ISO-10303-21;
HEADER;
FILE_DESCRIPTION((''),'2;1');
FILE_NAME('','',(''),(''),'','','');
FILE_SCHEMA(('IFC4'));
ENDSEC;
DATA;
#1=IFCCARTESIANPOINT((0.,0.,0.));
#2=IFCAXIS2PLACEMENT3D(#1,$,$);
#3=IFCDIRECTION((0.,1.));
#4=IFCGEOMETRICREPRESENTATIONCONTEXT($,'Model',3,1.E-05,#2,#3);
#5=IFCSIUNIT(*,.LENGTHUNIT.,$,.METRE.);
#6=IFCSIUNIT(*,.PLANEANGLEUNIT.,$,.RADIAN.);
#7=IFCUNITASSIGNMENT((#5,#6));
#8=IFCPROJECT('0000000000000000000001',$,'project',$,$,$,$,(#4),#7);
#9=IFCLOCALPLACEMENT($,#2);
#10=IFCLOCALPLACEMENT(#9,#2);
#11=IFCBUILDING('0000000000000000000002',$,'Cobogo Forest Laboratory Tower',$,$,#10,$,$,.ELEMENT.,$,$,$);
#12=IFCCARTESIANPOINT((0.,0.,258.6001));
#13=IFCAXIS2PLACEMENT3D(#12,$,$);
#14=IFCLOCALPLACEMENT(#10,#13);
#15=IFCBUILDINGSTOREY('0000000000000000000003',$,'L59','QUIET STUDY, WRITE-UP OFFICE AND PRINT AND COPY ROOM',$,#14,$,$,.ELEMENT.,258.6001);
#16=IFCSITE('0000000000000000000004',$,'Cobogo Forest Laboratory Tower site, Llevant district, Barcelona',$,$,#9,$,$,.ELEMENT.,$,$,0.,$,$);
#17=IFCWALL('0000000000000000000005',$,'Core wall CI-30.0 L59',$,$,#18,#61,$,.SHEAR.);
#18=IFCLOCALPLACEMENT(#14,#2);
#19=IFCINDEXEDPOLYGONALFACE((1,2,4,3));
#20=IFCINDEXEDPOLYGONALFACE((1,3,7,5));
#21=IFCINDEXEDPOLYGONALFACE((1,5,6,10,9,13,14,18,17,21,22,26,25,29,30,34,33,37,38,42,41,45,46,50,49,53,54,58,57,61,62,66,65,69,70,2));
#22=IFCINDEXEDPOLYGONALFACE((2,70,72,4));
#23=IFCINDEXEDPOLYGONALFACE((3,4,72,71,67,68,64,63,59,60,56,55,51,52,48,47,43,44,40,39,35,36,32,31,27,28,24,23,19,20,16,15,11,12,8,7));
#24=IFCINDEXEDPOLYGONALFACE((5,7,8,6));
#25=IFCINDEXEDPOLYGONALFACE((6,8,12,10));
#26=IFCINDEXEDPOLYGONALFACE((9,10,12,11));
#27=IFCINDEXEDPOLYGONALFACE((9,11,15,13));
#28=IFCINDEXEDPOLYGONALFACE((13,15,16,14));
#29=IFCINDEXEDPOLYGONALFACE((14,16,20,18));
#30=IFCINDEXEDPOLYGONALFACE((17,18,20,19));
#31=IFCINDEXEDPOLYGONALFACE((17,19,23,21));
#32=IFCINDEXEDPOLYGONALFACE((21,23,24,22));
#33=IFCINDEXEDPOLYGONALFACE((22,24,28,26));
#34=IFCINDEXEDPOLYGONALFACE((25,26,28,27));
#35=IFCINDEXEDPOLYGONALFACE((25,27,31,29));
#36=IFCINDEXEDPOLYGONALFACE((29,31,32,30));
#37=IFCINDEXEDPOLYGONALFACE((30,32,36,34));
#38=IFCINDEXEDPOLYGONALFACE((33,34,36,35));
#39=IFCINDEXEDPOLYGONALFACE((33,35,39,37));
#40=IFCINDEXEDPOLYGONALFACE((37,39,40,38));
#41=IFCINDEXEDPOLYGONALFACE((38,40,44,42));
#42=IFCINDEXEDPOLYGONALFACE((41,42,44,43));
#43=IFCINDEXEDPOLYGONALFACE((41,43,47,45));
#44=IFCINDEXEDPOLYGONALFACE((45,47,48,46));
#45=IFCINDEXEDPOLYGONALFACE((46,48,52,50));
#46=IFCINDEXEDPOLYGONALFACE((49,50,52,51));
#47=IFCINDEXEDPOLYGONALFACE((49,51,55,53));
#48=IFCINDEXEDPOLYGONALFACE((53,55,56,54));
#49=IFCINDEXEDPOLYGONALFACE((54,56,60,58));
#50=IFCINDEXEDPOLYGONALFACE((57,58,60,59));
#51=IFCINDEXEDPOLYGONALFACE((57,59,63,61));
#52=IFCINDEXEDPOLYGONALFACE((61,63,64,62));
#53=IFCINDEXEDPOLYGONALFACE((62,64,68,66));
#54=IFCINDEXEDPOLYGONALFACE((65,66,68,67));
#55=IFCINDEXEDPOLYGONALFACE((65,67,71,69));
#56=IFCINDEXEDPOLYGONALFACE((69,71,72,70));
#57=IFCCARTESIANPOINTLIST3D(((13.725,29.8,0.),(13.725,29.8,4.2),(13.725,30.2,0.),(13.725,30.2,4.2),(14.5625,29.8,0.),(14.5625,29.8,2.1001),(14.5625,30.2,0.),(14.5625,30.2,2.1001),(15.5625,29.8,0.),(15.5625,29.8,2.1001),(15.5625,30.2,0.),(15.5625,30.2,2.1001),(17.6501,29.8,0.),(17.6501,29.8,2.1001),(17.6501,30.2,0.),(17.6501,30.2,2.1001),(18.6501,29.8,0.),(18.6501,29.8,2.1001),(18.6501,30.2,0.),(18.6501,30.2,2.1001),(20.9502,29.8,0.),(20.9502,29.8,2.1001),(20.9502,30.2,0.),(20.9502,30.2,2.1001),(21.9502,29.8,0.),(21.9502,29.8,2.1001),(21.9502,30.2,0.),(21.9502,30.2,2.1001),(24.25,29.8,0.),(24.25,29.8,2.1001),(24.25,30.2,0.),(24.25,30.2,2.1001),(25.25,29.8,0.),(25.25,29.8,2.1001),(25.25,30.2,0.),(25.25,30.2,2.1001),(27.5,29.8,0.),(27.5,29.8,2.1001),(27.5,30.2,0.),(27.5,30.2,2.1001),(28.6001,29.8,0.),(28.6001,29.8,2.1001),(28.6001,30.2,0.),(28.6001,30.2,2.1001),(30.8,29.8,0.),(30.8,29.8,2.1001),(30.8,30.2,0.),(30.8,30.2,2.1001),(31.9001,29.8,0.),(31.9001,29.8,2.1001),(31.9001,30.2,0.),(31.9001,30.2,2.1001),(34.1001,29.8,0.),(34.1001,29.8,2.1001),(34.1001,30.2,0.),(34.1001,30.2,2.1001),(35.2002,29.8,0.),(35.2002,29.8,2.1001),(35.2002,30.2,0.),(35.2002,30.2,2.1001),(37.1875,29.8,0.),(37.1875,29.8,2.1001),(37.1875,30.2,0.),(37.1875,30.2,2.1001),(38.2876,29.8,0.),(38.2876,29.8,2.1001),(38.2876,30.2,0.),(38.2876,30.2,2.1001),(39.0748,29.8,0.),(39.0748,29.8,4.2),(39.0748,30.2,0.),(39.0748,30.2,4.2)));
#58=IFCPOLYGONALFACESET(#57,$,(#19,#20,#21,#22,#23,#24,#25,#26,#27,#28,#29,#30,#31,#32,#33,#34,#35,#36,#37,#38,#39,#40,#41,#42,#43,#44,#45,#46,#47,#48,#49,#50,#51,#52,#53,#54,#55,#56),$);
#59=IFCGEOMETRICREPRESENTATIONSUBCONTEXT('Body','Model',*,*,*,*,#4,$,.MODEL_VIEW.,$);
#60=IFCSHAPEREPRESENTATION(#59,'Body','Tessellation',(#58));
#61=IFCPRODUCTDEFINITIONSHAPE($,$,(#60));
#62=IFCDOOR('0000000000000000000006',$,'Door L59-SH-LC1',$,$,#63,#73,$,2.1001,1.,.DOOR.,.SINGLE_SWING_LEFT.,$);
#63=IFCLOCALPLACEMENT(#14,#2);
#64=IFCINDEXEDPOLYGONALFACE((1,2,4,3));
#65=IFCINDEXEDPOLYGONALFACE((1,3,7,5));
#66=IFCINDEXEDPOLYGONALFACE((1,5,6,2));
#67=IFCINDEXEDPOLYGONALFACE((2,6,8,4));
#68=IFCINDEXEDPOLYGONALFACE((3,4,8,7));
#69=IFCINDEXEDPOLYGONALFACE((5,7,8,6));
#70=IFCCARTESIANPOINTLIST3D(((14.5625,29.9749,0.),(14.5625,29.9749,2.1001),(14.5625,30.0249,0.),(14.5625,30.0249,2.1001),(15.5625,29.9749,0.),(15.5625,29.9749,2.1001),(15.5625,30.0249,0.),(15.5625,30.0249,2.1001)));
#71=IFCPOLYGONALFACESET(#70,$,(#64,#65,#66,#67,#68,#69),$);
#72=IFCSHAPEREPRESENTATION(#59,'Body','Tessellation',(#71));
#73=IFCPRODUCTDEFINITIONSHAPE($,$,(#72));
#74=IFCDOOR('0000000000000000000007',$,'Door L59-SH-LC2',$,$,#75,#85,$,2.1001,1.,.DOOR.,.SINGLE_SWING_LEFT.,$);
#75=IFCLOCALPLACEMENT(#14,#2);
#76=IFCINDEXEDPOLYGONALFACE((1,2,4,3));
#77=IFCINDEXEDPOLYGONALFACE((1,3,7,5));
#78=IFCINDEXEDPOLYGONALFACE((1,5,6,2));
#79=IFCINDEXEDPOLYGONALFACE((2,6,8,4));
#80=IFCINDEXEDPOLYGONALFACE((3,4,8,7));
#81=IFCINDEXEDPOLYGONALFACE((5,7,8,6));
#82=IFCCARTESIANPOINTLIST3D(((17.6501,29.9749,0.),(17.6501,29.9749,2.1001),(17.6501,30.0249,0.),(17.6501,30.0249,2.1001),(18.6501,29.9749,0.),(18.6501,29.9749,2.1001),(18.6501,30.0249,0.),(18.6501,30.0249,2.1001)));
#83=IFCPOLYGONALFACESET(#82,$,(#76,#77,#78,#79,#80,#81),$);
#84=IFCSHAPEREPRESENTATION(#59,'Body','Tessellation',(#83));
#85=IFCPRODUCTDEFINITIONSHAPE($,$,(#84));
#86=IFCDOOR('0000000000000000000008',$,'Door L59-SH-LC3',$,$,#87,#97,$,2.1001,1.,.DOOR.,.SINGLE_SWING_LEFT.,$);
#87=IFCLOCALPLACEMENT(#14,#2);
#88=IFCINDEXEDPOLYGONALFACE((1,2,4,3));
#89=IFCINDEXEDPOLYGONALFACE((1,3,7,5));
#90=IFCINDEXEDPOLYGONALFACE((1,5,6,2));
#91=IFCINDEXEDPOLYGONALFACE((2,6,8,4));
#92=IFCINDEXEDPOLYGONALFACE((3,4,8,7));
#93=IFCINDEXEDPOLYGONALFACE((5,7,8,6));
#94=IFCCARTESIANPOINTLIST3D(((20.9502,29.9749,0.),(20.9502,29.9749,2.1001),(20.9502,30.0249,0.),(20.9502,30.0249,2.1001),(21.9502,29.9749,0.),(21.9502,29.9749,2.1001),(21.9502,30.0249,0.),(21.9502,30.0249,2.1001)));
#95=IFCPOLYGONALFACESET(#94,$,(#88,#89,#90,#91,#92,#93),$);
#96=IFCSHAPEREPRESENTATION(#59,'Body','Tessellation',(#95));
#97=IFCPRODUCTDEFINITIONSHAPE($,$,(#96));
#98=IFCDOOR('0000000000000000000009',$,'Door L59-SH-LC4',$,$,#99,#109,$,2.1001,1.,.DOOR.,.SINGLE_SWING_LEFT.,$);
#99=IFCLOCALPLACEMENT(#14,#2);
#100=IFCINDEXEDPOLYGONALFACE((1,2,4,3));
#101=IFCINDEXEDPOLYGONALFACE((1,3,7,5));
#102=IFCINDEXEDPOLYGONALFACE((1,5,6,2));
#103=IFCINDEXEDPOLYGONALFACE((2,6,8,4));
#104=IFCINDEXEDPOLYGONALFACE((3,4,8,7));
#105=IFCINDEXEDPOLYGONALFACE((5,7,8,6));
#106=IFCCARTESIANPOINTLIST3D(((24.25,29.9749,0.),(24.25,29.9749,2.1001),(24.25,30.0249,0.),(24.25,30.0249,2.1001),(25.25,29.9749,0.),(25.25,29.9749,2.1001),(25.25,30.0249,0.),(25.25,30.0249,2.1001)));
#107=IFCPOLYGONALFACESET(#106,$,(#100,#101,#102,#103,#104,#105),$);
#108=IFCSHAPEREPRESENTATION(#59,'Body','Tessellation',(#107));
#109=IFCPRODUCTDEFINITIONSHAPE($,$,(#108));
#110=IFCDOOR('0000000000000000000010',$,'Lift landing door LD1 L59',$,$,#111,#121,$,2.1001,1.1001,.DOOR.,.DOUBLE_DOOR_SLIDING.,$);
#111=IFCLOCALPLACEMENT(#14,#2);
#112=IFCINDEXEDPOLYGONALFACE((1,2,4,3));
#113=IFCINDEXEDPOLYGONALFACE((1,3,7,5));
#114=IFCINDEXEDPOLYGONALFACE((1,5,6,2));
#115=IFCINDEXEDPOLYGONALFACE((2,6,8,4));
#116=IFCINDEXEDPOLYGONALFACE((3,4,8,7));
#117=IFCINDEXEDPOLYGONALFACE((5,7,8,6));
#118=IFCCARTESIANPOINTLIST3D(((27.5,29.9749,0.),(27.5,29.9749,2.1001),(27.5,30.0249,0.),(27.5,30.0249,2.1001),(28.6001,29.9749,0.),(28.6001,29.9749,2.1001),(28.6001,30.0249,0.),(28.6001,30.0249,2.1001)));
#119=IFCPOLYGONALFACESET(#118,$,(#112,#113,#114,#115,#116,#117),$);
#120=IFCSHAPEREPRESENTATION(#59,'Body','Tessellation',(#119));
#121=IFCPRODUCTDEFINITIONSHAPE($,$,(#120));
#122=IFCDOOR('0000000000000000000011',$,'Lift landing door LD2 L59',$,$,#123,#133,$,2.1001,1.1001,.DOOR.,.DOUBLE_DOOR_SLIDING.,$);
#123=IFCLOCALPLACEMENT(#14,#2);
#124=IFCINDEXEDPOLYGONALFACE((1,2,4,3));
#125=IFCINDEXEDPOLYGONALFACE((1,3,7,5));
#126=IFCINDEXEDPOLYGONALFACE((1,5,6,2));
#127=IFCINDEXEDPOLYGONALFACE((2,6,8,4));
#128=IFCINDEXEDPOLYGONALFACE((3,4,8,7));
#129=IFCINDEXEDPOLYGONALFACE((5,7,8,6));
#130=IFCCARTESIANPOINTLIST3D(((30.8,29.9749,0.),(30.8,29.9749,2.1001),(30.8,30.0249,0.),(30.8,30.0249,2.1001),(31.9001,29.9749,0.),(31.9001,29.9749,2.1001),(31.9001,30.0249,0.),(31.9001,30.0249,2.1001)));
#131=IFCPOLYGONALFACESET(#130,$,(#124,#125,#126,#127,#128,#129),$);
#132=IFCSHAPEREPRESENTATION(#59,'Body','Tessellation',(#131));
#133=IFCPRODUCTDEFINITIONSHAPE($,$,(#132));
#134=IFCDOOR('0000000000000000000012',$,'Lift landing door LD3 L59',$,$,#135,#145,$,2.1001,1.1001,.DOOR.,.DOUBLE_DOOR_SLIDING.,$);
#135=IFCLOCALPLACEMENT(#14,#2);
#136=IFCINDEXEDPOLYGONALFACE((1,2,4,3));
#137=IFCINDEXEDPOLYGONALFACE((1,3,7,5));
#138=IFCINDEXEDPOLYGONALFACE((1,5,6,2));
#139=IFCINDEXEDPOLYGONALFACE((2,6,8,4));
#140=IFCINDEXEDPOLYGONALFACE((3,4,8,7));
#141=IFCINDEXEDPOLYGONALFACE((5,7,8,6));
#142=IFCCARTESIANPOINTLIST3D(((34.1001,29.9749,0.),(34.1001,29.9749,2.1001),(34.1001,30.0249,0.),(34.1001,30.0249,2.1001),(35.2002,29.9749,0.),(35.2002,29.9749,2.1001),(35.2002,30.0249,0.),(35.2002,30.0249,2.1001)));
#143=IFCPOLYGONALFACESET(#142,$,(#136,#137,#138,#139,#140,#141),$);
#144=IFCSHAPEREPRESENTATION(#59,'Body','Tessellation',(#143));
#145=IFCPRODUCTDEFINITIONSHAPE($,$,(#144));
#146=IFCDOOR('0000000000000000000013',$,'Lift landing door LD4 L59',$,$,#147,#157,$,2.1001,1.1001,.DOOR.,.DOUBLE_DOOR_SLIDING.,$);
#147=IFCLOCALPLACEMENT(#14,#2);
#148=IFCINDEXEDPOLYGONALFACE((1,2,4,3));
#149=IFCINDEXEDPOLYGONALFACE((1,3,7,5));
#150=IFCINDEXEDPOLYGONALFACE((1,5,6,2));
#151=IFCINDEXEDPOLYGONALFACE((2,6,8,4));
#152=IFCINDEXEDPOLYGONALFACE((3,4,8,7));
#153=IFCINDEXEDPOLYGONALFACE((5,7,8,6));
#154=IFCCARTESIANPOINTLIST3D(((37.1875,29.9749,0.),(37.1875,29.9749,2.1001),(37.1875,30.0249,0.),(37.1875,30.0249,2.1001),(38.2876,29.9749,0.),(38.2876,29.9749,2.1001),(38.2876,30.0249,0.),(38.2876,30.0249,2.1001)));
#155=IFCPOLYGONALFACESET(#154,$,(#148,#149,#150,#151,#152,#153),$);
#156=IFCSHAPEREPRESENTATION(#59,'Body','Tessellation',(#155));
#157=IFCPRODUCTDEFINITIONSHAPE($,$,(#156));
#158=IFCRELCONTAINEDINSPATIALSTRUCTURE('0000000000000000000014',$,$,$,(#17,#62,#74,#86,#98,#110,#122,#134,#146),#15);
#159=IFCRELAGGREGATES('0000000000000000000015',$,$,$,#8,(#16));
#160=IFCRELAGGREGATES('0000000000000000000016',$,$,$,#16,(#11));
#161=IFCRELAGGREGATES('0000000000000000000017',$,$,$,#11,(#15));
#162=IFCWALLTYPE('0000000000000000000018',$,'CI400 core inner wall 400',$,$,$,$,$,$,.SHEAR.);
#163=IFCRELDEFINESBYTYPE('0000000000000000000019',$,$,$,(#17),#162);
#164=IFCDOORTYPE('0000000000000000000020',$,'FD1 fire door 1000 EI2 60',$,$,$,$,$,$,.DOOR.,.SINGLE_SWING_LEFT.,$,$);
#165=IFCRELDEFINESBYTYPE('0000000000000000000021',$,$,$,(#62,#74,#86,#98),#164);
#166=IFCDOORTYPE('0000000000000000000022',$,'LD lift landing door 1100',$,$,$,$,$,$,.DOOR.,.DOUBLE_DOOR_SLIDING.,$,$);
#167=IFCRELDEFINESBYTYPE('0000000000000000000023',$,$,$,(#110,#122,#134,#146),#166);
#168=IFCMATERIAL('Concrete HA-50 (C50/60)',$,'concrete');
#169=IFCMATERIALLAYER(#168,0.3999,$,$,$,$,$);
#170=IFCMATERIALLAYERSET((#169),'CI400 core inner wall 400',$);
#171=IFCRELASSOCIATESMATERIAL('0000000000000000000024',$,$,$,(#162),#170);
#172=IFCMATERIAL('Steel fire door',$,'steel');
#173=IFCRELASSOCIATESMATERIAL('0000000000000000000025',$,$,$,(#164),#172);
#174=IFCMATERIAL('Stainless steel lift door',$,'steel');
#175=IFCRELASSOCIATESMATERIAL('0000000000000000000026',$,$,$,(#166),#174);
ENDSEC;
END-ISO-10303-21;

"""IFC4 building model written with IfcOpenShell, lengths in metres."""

from ifc_helpers import new_model, si_unit, direction, frame, frame_2d, origin, place, context, subcontext, project, spatial, rectangle, extrude, material, layer, layer_set, type_object, element, fill, save


model = new_model("IFC4")

# Units and contexts
model_context = context("Model", 3, precision=1e-05, world=origin(), true_north=direction((0.0, 1.0)))
body_context = subcontext(model_context, "Body", "Model", "MODEL_VIEW")
ifc_project = project(units=[si_unit("LENGTHUNIT", "METRE"), si_unit("PLANEANGLEUNIT", "RADIAN")], contexts=[model_context])

# Site, building, storey
site_placement = place(None, origin())
site = spatial("IfcSite", under=ifc_project, at=site_placement, Name="Cobogo Forest Laboratory Tower site, Llevant district, Barcelona", CompositionType="ELEMENT", RefElevation=0.0)
building_placement = place(site_placement, origin())
building = spatial("IfcBuilding", under=site, at=building_placement, Name="Cobogo Forest Laboratory Tower", CompositionType="ELEMENT")
storey_placement = place(building_placement, frame((0.0, 0.0, 258.6001)))
storey = spatial("IfcBuildingStorey", under=building, at=storey_placement, Name="L59", Description="QUIET STUDY, WRITE-UP OFFICE AND PRINT AND COPY ROOM", CompositionType="ELEMENT", Elevation=258.6001)

# Wall, openings, doors
ifc_material_1 = material(Name="Concrete HA-50 (C50/60)", Category="concrete")
ifc_layer_1 = layer(ifc_material_1, 0.3999)
ifc_layer_set_1 = layer_set([ifc_layer_1], Name="CI400 core inner wall 400")
wall_type_1 = type_object("IfcWallType", Name="CI400 core inner wall 400", PredefinedType="SHEAR", material=ifc_layer_set_1)
wall_1_placement = place(storey_placement, frame((13.7251, 30.0, 0.0), z_axis=(0.0, 0.0, 1.0), x_axis=(1.0, 0.0, 0.0)))
wall_1 = element("IfcWall", 1, at=wall_1_placement, inside=storey, type_object=wall_type_1, Name="Core wall CI-30.0 L59", PredefinedType="SHEAR", context=body_context, shape_type="SweptSolid", body=[
    extrude(rectangle(XDim=25.3499, YDim=0.3999, at=frame_2d((12.6748, 0.0))), origin(), (0.0, 0.0, 1.0), 4.2),
])
opening_1_placement = place(wall_1_placement, frame((0.8374, 0.0, 0.0)))
opening_1 = element("IfcOpeningElement", 2, at=opening_1_placement, cuts=wall_1, PredefinedType="OPENING", context=body_context, shape_type="SweptSolid", body=[
    extrude(rectangle(XDim=1.0, YDim=2.1001, at=frame_2d((0.5, 1.05))), frame((0.0, 0.21, 0.0), z_axis=(0.0, -1.0, 0.0), x_axis=(1.0, 0.0, 0.0)), (0.0, 0.0, 1.0), 0.4199),
])
opening_2_placement = place(wall_1_placement, frame((3.925, 0.0, 0.0)))
opening_2 = element("IfcOpeningElement", 3, at=opening_2_placement, cuts=wall_1, PredefinedType="OPENING", context=body_context, shape_type="SweptSolid", body=[
    extrude(rectangle(XDim=1.0, YDim=2.1001, at=frame_2d((0.5, 1.05))), frame((0.0, 0.21, 0.0), z_axis=(0.0, -1.0, 0.0), x_axis=(1.0, 0.0, 0.0)), (0.0, 0.0, 1.0), 0.4199),
])
opening_3_placement = place(wall_1_placement, frame((7.2251, 0.0, 0.0)))
opening_3 = element("IfcOpeningElement", 4, at=opening_3_placement, cuts=wall_1, PredefinedType="OPENING", context=body_context, shape_type="SweptSolid", body=[
    extrude(rectangle(XDim=1.0, YDim=2.1001, at=frame_2d((0.5, 1.05))), frame((0.0, 0.21, 0.0), z_axis=(0.0, -1.0, 0.0), x_axis=(1.0, 0.0, 0.0)), (0.0, 0.0, 1.0), 0.4199),
])
opening_4_placement = place(wall_1_placement, frame((10.5249, 0.0, 0.0)))
opening_4 = element("IfcOpeningElement", 5, at=opening_4_placement, cuts=wall_1, PredefinedType="OPENING", context=body_context, shape_type="SweptSolid", body=[
    extrude(rectangle(XDim=1.0, YDim=2.1001, at=frame_2d((0.5, 1.05))), frame((0.0, 0.21, 0.0), z_axis=(0.0, -1.0, 0.0), x_axis=(1.0, 0.0, 0.0)), (0.0, 0.0, 1.0), 0.4199),
])
opening_5_placement = place(wall_1_placement, frame((13.7749, 0.0, 0.0)))
opening_5 = element("IfcOpeningElement", 6, at=opening_5_placement, cuts=wall_1, PredefinedType="OPENING", context=body_context, shape_type="SweptSolid", body=[
    extrude(rectangle(XDim=1.1001, YDim=2.1001, at=frame_2d((0.55, 1.05))), frame((0.0, 0.21, 0.0), z_axis=(0.0, -1.0, 0.0), x_axis=(1.0, 0.0, 0.0)), (0.0, 0.0, 1.0), 0.4199),
])
opening_6_placement = place(wall_1_placement, frame((17.075, 0.0, 0.0)))
opening_6 = element("IfcOpeningElement", 7, at=opening_6_placement, cuts=wall_1, PredefinedType="OPENING", context=body_context, shape_type="SweptSolid", body=[
    extrude(rectangle(XDim=1.1001, YDim=2.1001, at=frame_2d((0.55, 1.05))), frame((0.0, 0.21, 0.0), z_axis=(0.0, -1.0, 0.0), x_axis=(1.0, 0.0, 0.0)), (0.0, 0.0, 1.0), 0.4199),
])
opening_7_placement = place(wall_1_placement, frame((20.375, 0.0, 0.0)))
opening_7 = element("IfcOpeningElement", 8, at=opening_7_placement, cuts=wall_1, PredefinedType="OPENING", context=body_context, shape_type="SweptSolid", body=[
    extrude(rectangle(XDim=1.1001, YDim=2.1001, at=frame_2d((0.55, 1.05))), frame((0.0, 0.21, 0.0), z_axis=(0.0, -1.0, 0.0), x_axis=(1.0, 0.0, 0.0)), (0.0, 0.0, 1.0), 0.4199),
])
opening_8_placement = place(wall_1_placement, frame((23.4624, 0.0, 0.0)))
opening_8 = element("IfcOpeningElement", 9, at=opening_8_placement, cuts=wall_1, PredefinedType="OPENING", context=body_context, shape_type="SweptSolid", body=[
    extrude(rectangle(XDim=1.1001, YDim=2.1001, at=frame_2d((0.55, 1.05))), frame((0.0, 0.21, 0.0), z_axis=(0.0, -1.0, 0.0), x_axis=(1.0, 0.0, 0.0)), (0.0, 0.0, 1.0), 0.4199),
])
ifc_material_2 = material(Name="Steel fire door", Category="steel")
door_type_1 = type_object("IfcDoorType", Name="FD1 fire door 1000 EI2 60", OperationType="SINGLE_SWING_LEFT", PredefinedType="DOOR", material=ifc_material_2)
door_1_placement = place(opening_1_placement, origin())
door_1 = element("IfcDoor", 10, at=door_1_placement, inside=storey, type_object=door_type_1, Name="Door L59-SH-LC1", OperationType="SINGLE_SWING_LEFT", OverallHeight=2.1001, OverallWidth=1.0, PredefinedType="DOOR", context=body_context, shape_type="SweptSolid", body=[
    extrude(rectangle(XDim=1.0, YDim=2.1001, at=frame_2d((0.5, 1.05))), frame((0.0, 0.0249, 0.0), z_axis=(0.0, -1.0, 0.0), x_axis=(1.0, 0.0, 0.0)), (0.0, 0.0, 1.0), 0.05),
])
fill(opening_1, door_1)
door_2_placement = place(opening_2_placement, origin())
door_2 = element("IfcDoor", 11, at=door_2_placement, inside=storey, type_object=door_type_1, Name="Door L59-SH-LC2", OperationType="SINGLE_SWING_LEFT", OverallHeight=2.1001, OverallWidth=1.0, PredefinedType="DOOR", context=body_context, shape_type="SweptSolid", body=[
    extrude(rectangle(XDim=1.0, YDim=2.1001, at=frame_2d((0.5, 1.05))), frame((0.0, 0.0249, 0.0), z_axis=(0.0, -1.0, 0.0), x_axis=(1.0, 0.0, 0.0)), (0.0, 0.0, 1.0), 0.05),
])
fill(opening_2, door_2)
door_3_placement = place(opening_3_placement, origin())
door_3 = element("IfcDoor", 12, at=door_3_placement, inside=storey, type_object=door_type_1, Name="Door L59-SH-LC3", OperationType="SINGLE_SWING_LEFT", OverallHeight=2.1001, OverallWidth=1.0, PredefinedType="DOOR", context=body_context, shape_type="SweptSolid", body=[
    extrude(rectangle(XDim=1.0, YDim=2.1001, at=frame_2d((0.5, 1.05))), frame((0.0, 0.0249, 0.0), z_axis=(0.0, -1.0, 0.0), x_axis=(1.0, 0.0, 0.0)), (0.0, 0.0, 1.0), 0.05),
])
fill(opening_3, door_3)
door_4_placement = place(opening_4_placement, origin())
door_4 = element("IfcDoor", 13, at=door_4_placement, inside=storey, type_object=door_type_1, Name="Door L59-SH-LC4", OperationType="SINGLE_SWING_LEFT", OverallHeight=2.1001, OverallWidth=1.0, PredefinedType="DOOR", context=body_context, shape_type="SweptSolid", body=[
    extrude(rectangle(XDim=1.0, YDim=2.1001, at=frame_2d((0.5, 1.05))), frame((0.0, 0.0249, 0.0), z_axis=(0.0, -1.0, 0.0), x_axis=(1.0, 0.0, 0.0)), (0.0, 0.0, 1.0), 0.05),
])
fill(opening_4, door_4)
ifc_material_3 = material(Name="Stainless steel lift door", Category="steel")
door_type_2 = type_object("IfcDoorType", Name="LD lift landing door 1100", OperationType="DOUBLE_DOOR_SLIDING", PredefinedType="DOOR", material=ifc_material_3)
door_5_placement = place(opening_5_placement, origin())
door_5 = element("IfcDoor", 14, at=door_5_placement, inside=storey, type_object=door_type_2, Name="Lift landing door LD1 L59", OperationType="DOUBLE_DOOR_SLIDING", OverallHeight=2.1001, OverallWidth=1.1001, PredefinedType="DOOR", context=body_context, shape_type="SweptSolid", body=[
    extrude(rectangle(XDim=1.1001, YDim=2.1001, at=frame_2d((0.55, 1.05))), frame((0.0, 0.0249, 0.0), z_axis=(0.0, -1.0, 0.0), x_axis=(1.0, 0.0, 0.0)), (0.0, 0.0, 1.0), 0.05),
])
fill(opening_5, door_5)
door_6_placement = place(opening_6_placement, origin())
door_6 = element("IfcDoor", 15, at=door_6_placement, inside=storey, type_object=door_type_2, Name="Lift landing door LD2 L59", OperationType="DOUBLE_DOOR_SLIDING", OverallHeight=2.1001, OverallWidth=1.1001, PredefinedType="DOOR", context=body_context, shape_type="SweptSolid", body=[
    extrude(rectangle(XDim=1.1001, YDim=2.1001, at=frame_2d((0.55, 1.05))), frame((0.0, 0.0249, 0.0), z_axis=(0.0, -1.0, 0.0), x_axis=(1.0, 0.0, 0.0)), (0.0, 0.0, 1.0), 0.05),
])
fill(opening_6, door_6)
door_7_placement = place(opening_7_placement, origin())
door_7 = element("IfcDoor", 16, at=door_7_placement, inside=storey, type_object=door_type_2, Name="Lift landing door LD3 L59", OperationType="DOUBLE_DOOR_SLIDING", OverallHeight=2.1001, OverallWidth=1.1001, PredefinedType="DOOR", context=body_context, shape_type="SweptSolid", body=[
    extrude(rectangle(XDim=1.1001, YDim=2.1001, at=frame_2d((0.55, 1.05))), frame((0.0, 0.0249, 0.0), z_axis=(0.0, -1.0, 0.0), x_axis=(1.0, 0.0, 0.0)), (0.0, 0.0, 1.0), 0.05),
])
fill(opening_7, door_7)
door_8_placement = place(opening_8_placement, origin())
door_8 = element("IfcDoor", 17, at=door_8_placement, inside=storey, type_object=door_type_2, Name="Lift landing door LD4 L59", OperationType="DOUBLE_DOOR_SLIDING", OverallHeight=2.1001, OverallWidth=1.1001, PredefinedType="DOOR", context=body_context, shape_type="SweptSolid", body=[
    extrude(rectangle(XDim=1.1001, YDim=2.1001, at=frame_2d((0.55, 1.05))), frame((0.0, 0.0249, 0.0), z_axis=(0.0, -1.0, 0.0), x_axis=(1.0, 0.0, 0.0)), (0.0, 0.0, 1.0), 0.05),
])
fill(opening_8, door_8)

save(model, "model.ifc")
